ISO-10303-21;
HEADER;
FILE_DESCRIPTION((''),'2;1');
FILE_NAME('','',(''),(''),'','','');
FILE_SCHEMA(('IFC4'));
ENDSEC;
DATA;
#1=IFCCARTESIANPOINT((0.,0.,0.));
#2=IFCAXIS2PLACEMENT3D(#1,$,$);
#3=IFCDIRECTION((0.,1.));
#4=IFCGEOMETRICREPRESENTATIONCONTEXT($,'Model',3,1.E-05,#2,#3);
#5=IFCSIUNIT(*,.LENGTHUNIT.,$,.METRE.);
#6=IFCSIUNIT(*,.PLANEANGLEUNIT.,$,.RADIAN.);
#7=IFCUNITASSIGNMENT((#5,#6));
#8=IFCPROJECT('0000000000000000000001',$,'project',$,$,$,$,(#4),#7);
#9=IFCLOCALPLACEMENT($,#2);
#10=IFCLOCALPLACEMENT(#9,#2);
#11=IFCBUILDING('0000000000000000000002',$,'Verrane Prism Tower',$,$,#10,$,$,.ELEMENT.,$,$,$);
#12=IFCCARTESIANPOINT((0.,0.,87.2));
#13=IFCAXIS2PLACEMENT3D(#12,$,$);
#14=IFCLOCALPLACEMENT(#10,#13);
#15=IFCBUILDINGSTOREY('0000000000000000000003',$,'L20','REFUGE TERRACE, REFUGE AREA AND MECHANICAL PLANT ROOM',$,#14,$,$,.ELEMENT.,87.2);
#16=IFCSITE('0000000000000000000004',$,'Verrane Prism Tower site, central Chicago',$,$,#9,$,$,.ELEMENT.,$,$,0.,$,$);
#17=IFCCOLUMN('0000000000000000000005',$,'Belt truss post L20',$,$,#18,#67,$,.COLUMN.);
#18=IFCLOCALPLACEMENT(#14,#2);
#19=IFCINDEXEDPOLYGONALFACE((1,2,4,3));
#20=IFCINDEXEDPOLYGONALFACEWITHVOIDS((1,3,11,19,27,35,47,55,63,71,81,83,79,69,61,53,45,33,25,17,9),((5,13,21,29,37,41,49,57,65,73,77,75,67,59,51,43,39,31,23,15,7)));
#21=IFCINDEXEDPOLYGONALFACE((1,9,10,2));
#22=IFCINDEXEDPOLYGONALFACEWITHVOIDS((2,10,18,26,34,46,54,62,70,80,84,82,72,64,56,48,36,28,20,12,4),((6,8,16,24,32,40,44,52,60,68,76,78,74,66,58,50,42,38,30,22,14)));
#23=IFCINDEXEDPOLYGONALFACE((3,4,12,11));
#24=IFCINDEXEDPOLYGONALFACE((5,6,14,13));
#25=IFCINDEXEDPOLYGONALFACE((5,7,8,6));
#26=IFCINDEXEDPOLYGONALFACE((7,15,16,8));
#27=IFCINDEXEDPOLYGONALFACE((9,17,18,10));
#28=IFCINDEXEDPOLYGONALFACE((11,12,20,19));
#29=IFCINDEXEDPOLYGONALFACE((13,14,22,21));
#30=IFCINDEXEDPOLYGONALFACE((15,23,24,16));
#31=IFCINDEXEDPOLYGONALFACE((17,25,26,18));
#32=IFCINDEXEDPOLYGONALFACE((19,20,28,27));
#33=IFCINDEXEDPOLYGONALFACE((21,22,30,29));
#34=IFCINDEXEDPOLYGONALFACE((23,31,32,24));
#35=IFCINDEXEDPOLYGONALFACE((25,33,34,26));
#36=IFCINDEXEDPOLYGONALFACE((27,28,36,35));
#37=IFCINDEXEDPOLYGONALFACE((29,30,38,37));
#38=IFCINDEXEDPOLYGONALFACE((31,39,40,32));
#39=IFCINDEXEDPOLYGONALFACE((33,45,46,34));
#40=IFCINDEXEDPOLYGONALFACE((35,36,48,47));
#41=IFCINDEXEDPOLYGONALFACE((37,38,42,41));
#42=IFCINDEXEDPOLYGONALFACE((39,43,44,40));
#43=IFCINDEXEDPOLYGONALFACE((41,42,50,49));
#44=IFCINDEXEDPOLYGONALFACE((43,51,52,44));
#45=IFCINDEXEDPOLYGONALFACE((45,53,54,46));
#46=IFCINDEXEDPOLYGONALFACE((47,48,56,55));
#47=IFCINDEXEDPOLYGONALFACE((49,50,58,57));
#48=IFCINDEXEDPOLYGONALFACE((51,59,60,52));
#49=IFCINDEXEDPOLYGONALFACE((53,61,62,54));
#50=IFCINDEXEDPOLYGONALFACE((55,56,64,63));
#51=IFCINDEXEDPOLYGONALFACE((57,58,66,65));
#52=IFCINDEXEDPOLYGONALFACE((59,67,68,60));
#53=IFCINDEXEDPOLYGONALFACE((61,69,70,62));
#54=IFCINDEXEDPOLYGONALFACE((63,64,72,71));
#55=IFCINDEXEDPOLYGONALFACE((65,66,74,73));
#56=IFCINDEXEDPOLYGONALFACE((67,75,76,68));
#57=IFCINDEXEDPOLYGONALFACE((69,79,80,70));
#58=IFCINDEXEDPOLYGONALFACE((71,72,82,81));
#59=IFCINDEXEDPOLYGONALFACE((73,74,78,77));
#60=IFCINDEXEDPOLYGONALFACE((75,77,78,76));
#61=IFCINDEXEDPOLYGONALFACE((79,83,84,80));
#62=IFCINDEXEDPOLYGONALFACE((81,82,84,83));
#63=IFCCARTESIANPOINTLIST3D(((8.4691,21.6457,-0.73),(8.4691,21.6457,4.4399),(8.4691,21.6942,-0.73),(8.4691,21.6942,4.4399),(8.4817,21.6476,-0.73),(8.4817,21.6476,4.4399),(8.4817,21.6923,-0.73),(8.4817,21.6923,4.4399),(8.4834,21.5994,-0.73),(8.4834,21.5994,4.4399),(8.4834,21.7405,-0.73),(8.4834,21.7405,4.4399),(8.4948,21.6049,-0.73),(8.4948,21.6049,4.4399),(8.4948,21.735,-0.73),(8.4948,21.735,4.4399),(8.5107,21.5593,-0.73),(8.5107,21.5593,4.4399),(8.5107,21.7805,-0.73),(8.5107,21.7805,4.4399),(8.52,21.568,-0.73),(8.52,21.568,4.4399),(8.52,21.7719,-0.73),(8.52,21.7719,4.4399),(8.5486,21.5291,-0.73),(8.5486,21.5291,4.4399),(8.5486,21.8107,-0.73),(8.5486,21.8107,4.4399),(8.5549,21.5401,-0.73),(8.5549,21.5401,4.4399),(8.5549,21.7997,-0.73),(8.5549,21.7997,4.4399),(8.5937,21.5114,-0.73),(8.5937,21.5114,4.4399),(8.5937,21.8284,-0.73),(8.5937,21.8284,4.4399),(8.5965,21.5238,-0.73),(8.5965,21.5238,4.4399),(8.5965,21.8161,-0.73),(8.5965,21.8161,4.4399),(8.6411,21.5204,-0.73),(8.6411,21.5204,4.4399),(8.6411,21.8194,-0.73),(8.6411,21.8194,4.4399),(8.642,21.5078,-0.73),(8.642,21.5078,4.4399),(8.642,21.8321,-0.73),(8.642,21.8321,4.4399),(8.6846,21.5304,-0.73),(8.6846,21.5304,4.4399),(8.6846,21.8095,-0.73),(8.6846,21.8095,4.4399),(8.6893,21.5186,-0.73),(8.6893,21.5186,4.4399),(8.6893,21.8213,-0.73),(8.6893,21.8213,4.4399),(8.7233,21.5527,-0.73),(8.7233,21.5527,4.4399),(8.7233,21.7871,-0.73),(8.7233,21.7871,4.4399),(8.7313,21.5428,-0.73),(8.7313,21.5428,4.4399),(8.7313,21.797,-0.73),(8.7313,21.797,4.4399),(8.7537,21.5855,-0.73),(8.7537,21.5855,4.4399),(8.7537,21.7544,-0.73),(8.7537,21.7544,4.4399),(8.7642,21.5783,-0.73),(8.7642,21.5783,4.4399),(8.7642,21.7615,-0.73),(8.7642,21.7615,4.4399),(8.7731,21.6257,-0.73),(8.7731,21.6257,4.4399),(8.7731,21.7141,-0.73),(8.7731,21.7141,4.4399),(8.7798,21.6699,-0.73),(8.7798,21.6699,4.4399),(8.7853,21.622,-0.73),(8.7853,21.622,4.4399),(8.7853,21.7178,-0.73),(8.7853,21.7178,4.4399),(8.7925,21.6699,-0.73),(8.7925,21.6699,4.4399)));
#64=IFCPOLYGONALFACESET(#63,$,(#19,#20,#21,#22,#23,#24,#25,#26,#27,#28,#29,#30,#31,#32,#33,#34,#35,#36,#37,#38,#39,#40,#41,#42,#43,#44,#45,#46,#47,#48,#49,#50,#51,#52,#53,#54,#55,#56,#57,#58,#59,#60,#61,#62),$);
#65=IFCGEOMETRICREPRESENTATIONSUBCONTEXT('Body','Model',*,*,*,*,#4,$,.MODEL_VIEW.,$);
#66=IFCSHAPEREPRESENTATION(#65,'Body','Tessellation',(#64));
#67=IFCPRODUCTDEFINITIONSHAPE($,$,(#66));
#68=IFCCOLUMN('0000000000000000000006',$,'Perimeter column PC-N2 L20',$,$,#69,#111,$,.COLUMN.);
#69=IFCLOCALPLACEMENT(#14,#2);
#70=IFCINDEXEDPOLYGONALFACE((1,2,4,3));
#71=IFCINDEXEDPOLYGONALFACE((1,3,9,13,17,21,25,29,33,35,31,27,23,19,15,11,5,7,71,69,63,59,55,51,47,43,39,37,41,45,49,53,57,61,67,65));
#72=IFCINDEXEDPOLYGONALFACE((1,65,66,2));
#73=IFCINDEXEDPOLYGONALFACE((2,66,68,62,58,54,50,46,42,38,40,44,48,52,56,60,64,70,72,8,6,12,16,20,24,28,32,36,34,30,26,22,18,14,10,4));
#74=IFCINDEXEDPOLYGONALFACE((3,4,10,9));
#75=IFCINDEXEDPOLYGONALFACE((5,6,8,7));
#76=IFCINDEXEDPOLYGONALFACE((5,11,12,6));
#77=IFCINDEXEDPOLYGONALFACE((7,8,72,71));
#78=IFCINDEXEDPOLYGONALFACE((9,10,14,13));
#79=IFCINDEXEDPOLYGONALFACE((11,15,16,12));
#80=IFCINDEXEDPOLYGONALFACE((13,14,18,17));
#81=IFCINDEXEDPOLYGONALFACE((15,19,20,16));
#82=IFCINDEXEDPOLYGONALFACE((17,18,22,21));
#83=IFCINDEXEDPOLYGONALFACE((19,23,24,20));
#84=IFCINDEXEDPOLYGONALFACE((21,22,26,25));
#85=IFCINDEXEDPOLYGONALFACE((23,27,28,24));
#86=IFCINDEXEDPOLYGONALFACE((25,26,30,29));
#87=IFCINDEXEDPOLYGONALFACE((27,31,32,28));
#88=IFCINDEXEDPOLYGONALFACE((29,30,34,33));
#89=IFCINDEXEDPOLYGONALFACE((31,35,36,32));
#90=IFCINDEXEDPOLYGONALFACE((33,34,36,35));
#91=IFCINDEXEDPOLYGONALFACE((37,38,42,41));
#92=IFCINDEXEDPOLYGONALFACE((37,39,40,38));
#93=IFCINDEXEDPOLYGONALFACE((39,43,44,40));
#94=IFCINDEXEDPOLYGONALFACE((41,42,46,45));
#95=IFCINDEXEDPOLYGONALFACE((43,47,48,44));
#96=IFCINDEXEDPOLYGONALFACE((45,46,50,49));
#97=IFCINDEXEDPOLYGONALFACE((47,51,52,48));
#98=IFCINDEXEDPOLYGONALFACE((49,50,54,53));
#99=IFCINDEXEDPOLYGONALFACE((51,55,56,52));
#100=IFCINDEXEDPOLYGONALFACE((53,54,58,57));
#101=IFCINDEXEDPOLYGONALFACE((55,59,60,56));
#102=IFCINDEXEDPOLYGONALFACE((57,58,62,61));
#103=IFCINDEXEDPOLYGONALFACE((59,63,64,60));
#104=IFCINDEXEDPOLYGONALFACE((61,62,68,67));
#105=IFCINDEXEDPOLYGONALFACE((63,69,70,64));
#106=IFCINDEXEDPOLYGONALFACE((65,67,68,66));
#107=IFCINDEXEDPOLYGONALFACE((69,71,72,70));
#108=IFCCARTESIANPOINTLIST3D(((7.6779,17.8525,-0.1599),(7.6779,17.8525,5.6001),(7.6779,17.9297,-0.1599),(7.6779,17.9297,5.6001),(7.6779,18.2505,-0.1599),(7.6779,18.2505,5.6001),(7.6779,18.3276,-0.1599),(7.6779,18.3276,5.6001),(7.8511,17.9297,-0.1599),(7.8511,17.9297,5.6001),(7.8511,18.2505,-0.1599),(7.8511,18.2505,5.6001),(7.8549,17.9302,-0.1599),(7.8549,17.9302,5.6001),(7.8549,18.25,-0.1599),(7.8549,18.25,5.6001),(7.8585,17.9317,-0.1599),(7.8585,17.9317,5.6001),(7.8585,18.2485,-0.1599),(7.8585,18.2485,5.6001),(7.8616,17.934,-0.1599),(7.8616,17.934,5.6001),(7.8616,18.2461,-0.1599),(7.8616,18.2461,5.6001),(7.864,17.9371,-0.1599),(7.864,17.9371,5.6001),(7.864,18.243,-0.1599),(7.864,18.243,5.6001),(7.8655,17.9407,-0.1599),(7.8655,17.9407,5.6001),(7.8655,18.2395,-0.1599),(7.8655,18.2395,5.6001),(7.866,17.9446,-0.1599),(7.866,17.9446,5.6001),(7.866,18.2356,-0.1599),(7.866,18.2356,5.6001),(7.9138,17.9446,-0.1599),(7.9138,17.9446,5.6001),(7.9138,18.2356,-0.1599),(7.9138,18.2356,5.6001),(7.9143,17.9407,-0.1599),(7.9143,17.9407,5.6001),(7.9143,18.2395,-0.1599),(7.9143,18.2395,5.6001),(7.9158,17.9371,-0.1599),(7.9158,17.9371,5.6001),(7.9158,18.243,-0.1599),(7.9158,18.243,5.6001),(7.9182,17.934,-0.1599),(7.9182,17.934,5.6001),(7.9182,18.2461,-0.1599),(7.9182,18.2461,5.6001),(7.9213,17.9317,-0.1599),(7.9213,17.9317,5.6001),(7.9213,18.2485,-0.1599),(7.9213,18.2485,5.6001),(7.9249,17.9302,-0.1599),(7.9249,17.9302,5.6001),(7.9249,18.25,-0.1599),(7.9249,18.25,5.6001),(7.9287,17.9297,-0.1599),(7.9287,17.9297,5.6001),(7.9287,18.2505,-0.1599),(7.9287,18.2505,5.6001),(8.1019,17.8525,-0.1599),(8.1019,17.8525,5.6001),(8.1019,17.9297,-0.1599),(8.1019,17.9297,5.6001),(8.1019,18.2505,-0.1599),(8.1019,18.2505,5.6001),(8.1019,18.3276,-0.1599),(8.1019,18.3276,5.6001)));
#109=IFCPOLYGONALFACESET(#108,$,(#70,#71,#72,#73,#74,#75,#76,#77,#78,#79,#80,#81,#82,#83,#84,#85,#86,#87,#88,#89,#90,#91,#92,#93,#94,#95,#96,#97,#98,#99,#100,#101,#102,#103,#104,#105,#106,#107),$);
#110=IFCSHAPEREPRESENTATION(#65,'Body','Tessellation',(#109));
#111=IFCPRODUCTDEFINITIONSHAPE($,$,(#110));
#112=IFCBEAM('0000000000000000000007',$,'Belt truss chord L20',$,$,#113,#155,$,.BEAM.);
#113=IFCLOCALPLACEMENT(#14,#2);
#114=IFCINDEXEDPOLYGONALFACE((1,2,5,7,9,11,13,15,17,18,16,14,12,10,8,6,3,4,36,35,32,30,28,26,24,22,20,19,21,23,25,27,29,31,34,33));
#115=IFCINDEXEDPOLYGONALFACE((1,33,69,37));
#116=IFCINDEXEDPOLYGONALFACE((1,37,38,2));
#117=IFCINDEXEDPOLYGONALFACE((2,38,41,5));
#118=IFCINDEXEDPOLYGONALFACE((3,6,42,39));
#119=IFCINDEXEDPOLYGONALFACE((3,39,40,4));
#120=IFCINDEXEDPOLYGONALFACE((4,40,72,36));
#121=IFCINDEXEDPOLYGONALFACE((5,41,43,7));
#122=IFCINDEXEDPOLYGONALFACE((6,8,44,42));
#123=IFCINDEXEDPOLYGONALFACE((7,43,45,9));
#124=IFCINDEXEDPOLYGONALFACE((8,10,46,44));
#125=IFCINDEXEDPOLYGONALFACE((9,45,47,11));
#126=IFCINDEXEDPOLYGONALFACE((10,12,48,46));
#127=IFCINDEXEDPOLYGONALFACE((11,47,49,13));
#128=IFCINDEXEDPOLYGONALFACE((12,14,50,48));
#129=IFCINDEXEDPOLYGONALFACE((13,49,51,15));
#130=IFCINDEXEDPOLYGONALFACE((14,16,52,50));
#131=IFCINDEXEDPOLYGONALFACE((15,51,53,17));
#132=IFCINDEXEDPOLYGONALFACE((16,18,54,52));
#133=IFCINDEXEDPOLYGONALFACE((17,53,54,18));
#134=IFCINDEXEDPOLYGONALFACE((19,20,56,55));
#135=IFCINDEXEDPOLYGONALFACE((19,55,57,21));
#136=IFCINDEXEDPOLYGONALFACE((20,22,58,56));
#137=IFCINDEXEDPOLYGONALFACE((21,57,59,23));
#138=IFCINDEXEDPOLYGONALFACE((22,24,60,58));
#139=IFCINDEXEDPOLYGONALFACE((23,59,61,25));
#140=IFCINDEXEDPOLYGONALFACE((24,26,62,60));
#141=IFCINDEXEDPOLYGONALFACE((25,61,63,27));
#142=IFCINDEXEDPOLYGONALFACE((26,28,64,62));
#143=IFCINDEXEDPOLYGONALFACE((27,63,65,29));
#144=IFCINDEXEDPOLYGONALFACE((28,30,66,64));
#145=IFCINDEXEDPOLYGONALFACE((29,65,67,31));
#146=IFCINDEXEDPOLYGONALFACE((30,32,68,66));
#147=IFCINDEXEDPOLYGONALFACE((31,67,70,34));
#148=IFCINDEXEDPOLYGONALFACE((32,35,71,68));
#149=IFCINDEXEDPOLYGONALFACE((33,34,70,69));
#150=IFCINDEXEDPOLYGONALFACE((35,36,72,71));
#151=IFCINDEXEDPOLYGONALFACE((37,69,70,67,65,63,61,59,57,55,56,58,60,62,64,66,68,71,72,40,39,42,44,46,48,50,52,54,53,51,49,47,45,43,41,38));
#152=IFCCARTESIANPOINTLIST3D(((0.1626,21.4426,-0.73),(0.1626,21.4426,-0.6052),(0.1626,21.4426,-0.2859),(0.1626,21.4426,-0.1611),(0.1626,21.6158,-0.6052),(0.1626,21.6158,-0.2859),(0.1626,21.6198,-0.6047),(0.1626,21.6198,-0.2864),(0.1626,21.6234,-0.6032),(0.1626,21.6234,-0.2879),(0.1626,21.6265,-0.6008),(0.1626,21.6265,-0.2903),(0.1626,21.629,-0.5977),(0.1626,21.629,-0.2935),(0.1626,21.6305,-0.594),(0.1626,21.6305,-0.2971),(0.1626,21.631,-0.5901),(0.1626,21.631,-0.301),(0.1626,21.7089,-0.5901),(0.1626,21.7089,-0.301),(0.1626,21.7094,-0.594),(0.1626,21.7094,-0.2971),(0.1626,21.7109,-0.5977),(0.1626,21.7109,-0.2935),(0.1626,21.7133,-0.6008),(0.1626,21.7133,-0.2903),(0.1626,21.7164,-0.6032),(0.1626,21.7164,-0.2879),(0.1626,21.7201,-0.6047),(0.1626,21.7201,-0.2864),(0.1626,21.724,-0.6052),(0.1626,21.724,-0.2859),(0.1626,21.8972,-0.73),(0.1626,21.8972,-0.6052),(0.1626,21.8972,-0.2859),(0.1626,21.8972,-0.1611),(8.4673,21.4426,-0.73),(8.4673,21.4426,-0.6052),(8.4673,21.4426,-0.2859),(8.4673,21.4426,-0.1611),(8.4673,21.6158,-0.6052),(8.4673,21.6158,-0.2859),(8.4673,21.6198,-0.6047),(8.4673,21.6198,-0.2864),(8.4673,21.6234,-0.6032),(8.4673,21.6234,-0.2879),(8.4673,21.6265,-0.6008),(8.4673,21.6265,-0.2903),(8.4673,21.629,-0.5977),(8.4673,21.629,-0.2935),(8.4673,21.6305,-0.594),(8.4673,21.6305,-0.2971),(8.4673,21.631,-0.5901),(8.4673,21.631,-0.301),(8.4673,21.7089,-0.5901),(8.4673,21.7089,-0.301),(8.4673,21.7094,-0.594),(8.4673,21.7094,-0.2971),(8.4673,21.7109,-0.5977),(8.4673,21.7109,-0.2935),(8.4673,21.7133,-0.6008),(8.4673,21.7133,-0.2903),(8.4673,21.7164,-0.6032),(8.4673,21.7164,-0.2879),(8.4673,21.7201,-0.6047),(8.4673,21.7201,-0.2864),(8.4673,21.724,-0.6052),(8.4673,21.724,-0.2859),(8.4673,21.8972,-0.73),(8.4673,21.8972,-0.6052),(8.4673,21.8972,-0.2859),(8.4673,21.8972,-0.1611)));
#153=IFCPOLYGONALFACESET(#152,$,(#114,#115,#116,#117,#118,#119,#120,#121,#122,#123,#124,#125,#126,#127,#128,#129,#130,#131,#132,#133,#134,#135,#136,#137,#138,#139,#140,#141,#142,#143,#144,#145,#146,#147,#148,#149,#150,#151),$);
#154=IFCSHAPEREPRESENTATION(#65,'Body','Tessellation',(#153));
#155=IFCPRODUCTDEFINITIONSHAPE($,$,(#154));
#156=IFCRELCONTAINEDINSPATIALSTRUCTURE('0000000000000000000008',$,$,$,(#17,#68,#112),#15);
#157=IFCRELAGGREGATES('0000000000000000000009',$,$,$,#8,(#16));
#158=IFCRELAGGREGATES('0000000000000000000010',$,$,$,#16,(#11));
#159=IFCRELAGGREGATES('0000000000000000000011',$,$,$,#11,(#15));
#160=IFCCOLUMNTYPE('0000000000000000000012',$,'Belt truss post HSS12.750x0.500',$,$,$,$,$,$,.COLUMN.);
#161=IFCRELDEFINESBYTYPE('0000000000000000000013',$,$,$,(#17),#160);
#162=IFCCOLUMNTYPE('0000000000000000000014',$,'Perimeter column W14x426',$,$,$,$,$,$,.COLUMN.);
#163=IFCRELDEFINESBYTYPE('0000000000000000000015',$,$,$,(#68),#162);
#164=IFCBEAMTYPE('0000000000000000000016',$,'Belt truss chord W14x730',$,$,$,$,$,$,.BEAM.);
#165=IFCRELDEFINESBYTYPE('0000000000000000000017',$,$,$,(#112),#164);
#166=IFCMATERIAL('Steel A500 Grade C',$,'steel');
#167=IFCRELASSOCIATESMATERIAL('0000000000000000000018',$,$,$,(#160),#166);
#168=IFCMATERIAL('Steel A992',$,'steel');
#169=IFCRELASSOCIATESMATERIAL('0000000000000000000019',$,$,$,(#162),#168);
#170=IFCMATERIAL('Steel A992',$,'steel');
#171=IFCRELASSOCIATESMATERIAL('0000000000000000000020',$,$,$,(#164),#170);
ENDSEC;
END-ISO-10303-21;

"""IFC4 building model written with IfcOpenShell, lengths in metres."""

from ifc_helpers import new_model, si_unit, direction, frame, origin, origin_2d, place, context, subcontext, project, spatial, hollow_circle, i_section, extrude, material, material_profile, profile_set, type_object, element, save


model = new_model("IFC4")

# Units and contexts
model_context = context("Model", 3, precision=1e-05, world=origin(), true_north=direction((0.0, 1.0)))
body_context = subcontext(model_context, "Body", "Model", "MODEL_VIEW")
ifc_project = project(units=[si_unit("LENGTHUNIT", "METRE"), si_unit("PLANEANGLEUNIT", "RADIAN")], contexts=[model_context])

# Site, building, storey
site_placement = place(None, origin())
site = spatial("IfcSite", under=ifc_project, at=site_placement, Name="Verrane Prism Tower site, central Chicago", CompositionType="ELEMENT", RefElevation=0.0)
building_placement = place(site_placement, origin())
building = spatial("IfcBuilding", under=site, at=building_placement, Name="Verrane Prism Tower", CompositionType="ELEMENT")
storey_placement = place(building_placement, frame((0.0, 0.0, 87.2)))
storey = spatial("IfcBuildingStorey", under=building, at=storey_placement, Name="L20", Description="REFUGE TERRACE, REFUGE AREA AND MECHANICAL PLANT ROOM", CompositionType="ELEMENT", Elevation=87.2)

# Columns
ifc_material_1 = material(Name="Steel A500 Grade C", Category="steel")
ifc_material_profile_1 = material_profile(ifc_material_1, hollow_circle(Radius=0.1626, WallThickness=0.0127, at=origin_2d()), Name="HSS12.750x0.500")
ifc_profile_set_1 = profile_set([ifc_material_profile_1], Name="Steel A500 Grade C")
column_type_1 = type_object("IfcColumnType", Name="Belt truss post HSS12.750x0.500", PredefinedType="COLUMN", material=ifc_profile_set_1)
column_1_placement = place(storey_placement, frame((8.6299, 21.6699, -0.73), z_axis=(0.0, 0.0, 1.0), x_axis=(1.0, 0.0, 0.0)))
element("IfcColumn", 1, at=column_1_placement, inside=storey, type_object=column_type_1, Name="Belt truss post L20", PredefinedType="COLUMN", context=body_context, shape_type="SweptSolid", body=[
    extrude(hollow_circle(Radius=0.1626, WallThickness=0.0127, at=origin_2d()), origin(), (0.0, 0.0, 1.0), 5.1699),
])
ifc_material_2 = material(Name="Steel A992", Category="steel")
ifc_material_profile_2 = material_profile(ifc_material_2, i_section(OverallWidth=0.4241, OverallDepth=0.4751, WebThickness=0.0479, FlangeThickness=0.0771, FilletRadius=0.0149, at=origin_2d()), Name="W14x426")
ifc_profile_set_2 = profile_set([ifc_material_profile_2], Name="Steel A992")
column_type_2 = type_object("IfcColumnType", Name="Perimeter column W14x426", PredefinedType="COLUMN", material=ifc_profile_set_2)
column_2_placement = place(storey_placement, frame((7.8899, 18.0901, -0.1599), z_axis=(0.0, 0.0, 1.0), x_axis=(1.0, 0.0, 0.0)))
element("IfcColumn", 2, at=column_2_placement, inside=storey, type_object=column_type_2, Name="Perimeter column PC-N2 L20", PredefinedType="COLUMN", context=body_context, shape_type="SweptSolid", body=[
    extrude(i_section(OverallWidth=0.4241, OverallDepth=0.4751, WebThickness=0.0479, FlangeThickness=0.0771, FilletRadius=0.0149, at=origin_2d()), origin(), (0.0, 0.0, 1.0), 5.76),
])

# Beam
ifc_material_3 = material(Name="Steel A992", Category="steel")
ifc_material_profile_3 = material_profile(ifc_material_3, i_section(OverallWidth=0.4546, OverallDepth=0.5688, WebThickness=0.0779, FlangeThickness=0.1248, FilletRadius=0.0151, at=origin_2d()), Name="W14x730")
ifc_profile_set_3 = profile_set([ifc_material_profile_3], Name="Steel A992")
beam_type_1 = type_object("IfcBeamType", Name="Belt truss chord W14x730", PredefinedType="BEAM", material=ifc_profile_set_3)
beam_1_placement = place(storey_placement, frame((8.4673, 21.6699, -0.4456), z_axis=(-1.0, 0.0, 0.0), x_axis=(0.0, -1.0, 0.0)))
element("IfcBeam", 3, at=beam_1_placement, inside=storey, type_object=beam_type_1, Name="Belt truss chord L20", PredefinedType="BEAM", context=body_context, shape_type="SweptSolid", body=[
    extrude(i_section(OverallWidth=0.4546, OverallDepth=0.5688, WebThickness=0.0779, FlangeThickness=0.1248, FilletRadius=0.0151, at=origin_2d()), origin(), (0.0, 0.0, 1.0), 8.3047),
])

save(model, "model.ifc")
